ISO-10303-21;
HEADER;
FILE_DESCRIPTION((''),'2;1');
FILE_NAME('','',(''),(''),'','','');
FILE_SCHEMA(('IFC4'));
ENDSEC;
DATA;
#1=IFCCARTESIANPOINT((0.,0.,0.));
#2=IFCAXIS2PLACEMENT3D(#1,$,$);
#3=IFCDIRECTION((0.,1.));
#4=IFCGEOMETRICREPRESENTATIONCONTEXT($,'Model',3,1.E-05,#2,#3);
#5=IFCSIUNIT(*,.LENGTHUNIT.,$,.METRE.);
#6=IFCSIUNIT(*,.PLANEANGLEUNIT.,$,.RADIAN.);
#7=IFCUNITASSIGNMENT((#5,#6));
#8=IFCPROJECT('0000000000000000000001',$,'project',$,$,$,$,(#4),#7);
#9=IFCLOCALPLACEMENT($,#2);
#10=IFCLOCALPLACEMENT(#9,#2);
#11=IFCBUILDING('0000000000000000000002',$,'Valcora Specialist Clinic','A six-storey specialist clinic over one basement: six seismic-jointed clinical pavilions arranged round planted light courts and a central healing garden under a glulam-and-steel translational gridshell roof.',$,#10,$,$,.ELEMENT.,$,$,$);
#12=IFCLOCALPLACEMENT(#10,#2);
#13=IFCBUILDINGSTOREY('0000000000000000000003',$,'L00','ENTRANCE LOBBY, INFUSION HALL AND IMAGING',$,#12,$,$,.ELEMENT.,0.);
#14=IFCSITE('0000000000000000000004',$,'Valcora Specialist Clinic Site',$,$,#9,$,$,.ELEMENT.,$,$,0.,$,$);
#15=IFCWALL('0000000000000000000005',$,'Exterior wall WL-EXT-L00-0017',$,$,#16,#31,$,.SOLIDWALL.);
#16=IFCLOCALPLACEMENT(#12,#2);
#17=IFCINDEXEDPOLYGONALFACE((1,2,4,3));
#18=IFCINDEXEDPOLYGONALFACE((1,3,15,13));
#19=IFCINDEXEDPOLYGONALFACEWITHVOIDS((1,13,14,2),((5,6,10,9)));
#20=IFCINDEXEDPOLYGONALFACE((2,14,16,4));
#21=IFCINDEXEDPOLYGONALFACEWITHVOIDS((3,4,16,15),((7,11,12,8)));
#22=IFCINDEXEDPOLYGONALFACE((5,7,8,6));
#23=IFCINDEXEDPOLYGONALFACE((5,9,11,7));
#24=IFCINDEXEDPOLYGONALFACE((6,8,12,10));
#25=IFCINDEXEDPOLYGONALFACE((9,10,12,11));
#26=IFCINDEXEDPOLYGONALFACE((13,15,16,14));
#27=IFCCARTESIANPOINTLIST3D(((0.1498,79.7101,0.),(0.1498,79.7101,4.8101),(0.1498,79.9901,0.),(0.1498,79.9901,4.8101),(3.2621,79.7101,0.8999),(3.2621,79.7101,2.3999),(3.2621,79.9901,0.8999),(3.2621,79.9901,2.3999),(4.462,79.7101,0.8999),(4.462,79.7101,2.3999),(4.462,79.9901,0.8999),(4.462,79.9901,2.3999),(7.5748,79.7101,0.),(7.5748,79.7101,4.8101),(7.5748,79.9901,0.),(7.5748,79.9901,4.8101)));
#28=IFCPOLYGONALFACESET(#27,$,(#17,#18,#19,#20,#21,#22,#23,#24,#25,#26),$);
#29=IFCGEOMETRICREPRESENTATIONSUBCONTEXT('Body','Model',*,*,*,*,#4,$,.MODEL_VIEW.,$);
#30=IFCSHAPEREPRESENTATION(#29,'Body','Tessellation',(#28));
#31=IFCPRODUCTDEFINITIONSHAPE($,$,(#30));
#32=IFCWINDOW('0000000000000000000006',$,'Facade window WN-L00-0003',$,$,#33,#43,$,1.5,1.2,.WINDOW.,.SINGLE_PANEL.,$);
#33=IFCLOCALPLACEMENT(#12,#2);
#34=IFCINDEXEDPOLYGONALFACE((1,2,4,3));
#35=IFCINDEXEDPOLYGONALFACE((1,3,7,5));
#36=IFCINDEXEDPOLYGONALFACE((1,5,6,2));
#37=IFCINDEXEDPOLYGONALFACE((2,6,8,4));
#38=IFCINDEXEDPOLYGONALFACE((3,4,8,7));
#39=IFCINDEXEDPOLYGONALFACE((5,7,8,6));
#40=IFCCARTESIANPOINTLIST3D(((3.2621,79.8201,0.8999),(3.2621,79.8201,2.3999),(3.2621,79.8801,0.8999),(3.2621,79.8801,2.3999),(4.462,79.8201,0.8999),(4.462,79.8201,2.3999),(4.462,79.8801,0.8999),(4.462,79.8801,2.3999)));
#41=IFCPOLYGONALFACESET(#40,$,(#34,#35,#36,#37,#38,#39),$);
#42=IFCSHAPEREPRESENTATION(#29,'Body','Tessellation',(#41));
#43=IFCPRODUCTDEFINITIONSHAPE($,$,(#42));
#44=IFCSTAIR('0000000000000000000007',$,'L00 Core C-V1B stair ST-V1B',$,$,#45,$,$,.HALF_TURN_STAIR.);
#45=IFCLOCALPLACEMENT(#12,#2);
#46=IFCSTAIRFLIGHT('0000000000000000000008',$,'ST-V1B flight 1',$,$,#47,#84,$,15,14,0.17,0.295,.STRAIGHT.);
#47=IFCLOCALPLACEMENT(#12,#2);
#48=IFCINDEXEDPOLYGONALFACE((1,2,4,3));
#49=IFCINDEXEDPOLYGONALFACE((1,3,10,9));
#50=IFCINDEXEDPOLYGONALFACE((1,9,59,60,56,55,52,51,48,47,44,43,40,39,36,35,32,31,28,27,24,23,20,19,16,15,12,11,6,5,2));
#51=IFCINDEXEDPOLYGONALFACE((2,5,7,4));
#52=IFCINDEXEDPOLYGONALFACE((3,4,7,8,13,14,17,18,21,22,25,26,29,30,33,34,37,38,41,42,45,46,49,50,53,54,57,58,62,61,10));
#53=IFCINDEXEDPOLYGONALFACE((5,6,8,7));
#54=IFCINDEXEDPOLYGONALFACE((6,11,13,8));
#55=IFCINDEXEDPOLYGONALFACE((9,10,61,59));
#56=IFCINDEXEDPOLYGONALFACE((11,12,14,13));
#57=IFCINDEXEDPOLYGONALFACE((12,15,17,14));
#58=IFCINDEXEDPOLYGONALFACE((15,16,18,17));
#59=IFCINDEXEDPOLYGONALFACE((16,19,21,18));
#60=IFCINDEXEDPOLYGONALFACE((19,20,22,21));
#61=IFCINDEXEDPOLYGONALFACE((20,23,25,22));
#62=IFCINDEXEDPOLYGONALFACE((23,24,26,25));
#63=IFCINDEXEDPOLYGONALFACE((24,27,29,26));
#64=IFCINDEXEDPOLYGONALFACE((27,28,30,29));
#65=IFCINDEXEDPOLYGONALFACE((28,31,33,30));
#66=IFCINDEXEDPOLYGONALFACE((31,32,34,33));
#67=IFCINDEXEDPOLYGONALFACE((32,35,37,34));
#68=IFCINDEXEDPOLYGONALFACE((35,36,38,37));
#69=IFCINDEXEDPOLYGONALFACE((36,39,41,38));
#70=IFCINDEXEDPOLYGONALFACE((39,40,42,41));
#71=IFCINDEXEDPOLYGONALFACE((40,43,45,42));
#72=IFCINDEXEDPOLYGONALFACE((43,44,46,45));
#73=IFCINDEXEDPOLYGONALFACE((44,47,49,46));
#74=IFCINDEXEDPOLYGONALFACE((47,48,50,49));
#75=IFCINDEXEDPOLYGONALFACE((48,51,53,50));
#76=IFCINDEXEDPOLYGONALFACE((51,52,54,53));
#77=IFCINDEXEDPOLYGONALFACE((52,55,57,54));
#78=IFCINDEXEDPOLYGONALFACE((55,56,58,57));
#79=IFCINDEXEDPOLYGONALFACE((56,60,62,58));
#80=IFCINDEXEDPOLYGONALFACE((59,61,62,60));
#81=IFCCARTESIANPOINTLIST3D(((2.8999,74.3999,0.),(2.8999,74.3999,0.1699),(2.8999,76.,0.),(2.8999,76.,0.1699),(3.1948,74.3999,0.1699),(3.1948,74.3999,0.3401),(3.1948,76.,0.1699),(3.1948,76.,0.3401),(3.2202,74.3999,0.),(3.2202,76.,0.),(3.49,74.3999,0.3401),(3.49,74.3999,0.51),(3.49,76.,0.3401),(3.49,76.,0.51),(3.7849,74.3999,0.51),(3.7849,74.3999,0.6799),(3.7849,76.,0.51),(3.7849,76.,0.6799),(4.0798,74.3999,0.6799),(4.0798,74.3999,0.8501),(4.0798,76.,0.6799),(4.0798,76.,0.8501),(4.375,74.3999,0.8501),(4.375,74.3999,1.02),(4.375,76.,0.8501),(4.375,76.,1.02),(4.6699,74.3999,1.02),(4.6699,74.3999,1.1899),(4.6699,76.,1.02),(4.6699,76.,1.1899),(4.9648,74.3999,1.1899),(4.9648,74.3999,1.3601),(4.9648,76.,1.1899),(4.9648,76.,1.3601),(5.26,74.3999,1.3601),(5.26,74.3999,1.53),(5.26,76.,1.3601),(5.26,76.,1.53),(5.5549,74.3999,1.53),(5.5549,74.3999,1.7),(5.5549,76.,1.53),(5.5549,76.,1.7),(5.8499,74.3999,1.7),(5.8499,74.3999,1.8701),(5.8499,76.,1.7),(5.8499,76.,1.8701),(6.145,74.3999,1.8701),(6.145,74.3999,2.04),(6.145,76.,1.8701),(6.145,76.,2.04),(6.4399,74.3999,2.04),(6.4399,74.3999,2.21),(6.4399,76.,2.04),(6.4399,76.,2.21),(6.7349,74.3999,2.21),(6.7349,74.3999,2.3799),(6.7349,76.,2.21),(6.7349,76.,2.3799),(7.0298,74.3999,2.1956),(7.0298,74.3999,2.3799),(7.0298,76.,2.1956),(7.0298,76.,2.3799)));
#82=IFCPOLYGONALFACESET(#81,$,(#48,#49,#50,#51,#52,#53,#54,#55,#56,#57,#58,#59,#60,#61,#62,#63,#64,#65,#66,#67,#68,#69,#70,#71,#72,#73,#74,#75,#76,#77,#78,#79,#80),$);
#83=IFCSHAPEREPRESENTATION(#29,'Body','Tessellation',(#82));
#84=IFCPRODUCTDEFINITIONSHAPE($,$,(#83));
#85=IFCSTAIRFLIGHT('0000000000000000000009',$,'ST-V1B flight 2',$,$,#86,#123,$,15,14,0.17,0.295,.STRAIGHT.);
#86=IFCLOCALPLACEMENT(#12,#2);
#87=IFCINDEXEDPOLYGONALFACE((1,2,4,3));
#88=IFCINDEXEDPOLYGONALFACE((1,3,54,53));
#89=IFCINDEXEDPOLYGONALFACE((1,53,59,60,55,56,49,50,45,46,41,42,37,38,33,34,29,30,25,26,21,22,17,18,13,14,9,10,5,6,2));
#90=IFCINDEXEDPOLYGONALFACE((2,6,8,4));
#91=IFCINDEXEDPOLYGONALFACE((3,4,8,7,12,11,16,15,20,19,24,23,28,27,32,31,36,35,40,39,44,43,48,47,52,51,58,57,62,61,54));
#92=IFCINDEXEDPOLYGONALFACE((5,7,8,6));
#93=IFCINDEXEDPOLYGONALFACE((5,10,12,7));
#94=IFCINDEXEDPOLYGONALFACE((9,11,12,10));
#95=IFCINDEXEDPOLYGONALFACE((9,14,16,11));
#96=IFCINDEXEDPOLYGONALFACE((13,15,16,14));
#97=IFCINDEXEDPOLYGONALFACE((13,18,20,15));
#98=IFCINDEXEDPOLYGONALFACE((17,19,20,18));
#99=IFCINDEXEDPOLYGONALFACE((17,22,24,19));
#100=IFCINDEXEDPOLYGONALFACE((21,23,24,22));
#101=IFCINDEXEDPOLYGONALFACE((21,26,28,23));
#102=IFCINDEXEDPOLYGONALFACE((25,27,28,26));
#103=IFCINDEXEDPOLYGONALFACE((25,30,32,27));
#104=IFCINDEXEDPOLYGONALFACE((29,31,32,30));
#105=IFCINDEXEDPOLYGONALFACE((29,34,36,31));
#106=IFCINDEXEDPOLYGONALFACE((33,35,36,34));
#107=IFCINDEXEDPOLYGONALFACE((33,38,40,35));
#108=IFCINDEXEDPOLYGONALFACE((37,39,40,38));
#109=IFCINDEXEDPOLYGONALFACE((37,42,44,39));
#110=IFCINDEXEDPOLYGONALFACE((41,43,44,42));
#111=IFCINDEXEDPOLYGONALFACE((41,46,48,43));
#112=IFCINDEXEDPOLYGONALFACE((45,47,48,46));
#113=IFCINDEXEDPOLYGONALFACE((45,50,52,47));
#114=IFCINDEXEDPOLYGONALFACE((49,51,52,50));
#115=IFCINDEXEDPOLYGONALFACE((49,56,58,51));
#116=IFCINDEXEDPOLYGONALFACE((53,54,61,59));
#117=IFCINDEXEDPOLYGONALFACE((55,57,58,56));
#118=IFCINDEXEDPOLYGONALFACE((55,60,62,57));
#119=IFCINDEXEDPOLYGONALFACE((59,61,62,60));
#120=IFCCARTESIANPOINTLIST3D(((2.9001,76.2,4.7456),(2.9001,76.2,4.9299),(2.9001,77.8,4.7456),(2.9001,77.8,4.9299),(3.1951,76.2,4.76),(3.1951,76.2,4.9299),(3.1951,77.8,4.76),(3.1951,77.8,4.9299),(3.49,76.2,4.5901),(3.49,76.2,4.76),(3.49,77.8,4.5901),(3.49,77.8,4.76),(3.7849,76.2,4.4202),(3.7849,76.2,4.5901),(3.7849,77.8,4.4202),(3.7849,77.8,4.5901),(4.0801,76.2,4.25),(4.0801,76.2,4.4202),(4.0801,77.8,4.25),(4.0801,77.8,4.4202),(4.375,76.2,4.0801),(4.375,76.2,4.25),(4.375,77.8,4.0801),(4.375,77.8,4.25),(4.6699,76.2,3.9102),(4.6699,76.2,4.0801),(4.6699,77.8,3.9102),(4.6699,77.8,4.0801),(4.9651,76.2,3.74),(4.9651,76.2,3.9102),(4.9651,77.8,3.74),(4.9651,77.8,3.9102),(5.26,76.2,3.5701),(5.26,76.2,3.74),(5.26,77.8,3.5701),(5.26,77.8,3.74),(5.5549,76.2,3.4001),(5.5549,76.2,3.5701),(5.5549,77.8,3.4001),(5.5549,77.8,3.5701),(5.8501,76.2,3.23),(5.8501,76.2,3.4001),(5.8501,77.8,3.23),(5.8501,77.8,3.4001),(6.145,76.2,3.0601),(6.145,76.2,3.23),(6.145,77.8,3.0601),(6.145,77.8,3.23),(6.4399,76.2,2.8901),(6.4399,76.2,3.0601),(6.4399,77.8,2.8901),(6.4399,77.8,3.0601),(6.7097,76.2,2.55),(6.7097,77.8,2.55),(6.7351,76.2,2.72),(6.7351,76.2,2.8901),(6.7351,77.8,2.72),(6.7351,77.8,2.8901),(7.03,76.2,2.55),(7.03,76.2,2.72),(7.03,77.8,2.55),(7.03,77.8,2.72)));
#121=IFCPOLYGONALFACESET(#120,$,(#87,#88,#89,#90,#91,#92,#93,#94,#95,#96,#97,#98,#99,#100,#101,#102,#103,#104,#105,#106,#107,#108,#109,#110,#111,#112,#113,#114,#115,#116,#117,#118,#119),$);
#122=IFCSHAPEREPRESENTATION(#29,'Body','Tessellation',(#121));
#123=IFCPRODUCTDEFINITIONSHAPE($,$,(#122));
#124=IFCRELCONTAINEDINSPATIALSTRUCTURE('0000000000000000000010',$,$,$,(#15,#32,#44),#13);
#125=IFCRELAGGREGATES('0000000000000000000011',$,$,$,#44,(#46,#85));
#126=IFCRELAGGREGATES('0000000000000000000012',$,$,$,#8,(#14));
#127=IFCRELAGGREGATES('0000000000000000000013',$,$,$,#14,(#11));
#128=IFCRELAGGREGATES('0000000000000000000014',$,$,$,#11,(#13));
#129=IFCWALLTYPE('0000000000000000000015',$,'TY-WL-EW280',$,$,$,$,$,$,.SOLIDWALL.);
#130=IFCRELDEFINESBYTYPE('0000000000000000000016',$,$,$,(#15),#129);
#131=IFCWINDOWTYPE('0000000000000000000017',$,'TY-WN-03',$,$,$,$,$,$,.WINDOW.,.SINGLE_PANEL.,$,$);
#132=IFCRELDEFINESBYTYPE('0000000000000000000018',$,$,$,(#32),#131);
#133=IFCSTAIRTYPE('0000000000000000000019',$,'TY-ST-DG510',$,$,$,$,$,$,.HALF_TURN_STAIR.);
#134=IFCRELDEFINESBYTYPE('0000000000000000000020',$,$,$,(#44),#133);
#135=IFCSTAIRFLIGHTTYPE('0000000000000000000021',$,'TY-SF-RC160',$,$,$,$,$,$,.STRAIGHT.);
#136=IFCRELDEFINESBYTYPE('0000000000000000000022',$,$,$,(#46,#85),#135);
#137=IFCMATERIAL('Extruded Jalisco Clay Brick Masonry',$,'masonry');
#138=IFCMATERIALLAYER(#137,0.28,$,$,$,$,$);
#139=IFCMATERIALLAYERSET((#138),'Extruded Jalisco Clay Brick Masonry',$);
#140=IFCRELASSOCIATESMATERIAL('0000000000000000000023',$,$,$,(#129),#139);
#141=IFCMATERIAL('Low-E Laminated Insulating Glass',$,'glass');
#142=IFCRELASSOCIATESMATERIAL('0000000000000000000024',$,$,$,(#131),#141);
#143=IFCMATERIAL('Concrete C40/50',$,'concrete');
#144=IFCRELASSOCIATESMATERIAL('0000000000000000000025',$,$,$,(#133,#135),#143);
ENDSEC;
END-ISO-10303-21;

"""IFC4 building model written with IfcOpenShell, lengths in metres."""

from ifc_helpers import new_model, si_unit, direction, frame, frame_2d, origin, place, context, subcontext, project, spatial, polyline, rectangle, outline, extrude, material, layer, layer_set, type_object, element, fill, aggregate, save


model = new_model("IFC4")

# Units and contexts
model_context = context("Model", 3, precision=1e-05, world=origin(), true_north=direction((0.0, 1.0)))
body_context = subcontext(model_context, "Body", "Model", "MODEL_VIEW")
ifc_project = project(units=[si_unit("LENGTHUNIT", "METRE"), si_unit("PLANEANGLEUNIT", "RADIAN")], contexts=[model_context])

# Site, building, storey
site_placement = place(None, origin())
site = spatial("IfcSite", under=ifc_project, at=site_placement, Name="Valcora Specialist Clinic Site", CompositionType="ELEMENT", RefElevation=0.0)
building_placement = place(site_placement, origin())
building = spatial("IfcBuilding", under=site, at=building_placement, Name="Valcora Specialist Clinic", Description="A six-storey specialist clinic over one basement: six seismic-jointed clinical pavilions arranged round planted light courts and a central healing garden under a glulam-and-steel translational gridshell roof.", CompositionType="ELEMENT")
storey_placement = place(building_placement, origin())
storey = spatial("IfcBuildingStorey", under=building, at=storey_placement, Name="L00", Description="ENTRANCE LOBBY, INFUSION HALL AND IMAGING", CompositionType="ELEMENT", Elevation=0.0)

# Shared definitions
ifc_material_1 = material(Name="Concrete C40/50", Category="concrete")

# Shared definitions
ifc_material_2 = material(Name="Extruded Jalisco Clay Brick Masonry", Category="masonry")
ifc_material_3 = material(Name="Low-E Laminated Insulating Glass", Category="glass")

# Wall, opening, window
ifc_layer_1 = layer(ifc_material_2, 0.28)
ifc_layer_set_1 = layer_set([ifc_layer_1], Name="Extruded Jalisco Clay Brick Masonry")
wall_type_1 = type_object("IfcWallType", Name="TY-WL-EW280", PredefinedType="SOLIDWALL", material=ifc_layer_set_1)
wall_1_placement = place(storey_placement, frame((0.1499, 79.8501, 0.0), z_axis=(0.0, 0.0, 1.0), x_axis=(1.0, 0.0, 0.0)))
wall_1 = element("IfcWall", 1, at=wall_1_placement, inside=storey, type_object=wall_type_1, Name="Exterior wall WL-EXT-L00-0017", PredefinedType="SOLIDWALL", context=body_context, shape_type="SweptSolid", body=[
    extrude(rectangle(XDim=7.425, YDim=0.28, at=frame_2d((3.7124, 0.0))), origin(), (0.0, 0.0, 1.0), 4.8101),
])
opening_1_placement = place(wall_1_placement, frame((3.1121, 0.0, 0.8999)))
opening_1 = element("IfcOpeningElement", 2, at=opening_1_placement, cuts=wall_1, PredefinedType="OPENING", context=body_context, shape_type="SweptSolid", body=[
    extrude(rectangle(XDim=1.2, YDim=1.5, at=frame_2d((0.6001, 0.75))), frame((0.0, 0.1499, 0.0), z_axis=(0.0, -1.0, 0.0), x_axis=(1.0, 0.0, 0.0)), (0.0, 0.0, 1.0), 0.3),
])
window_type_1 = type_object("IfcWindowType", Name="TY-WN-03", PartitioningType="SINGLE_PANEL", PredefinedType="WINDOW", material=ifc_material_3)
window_1_placement = place(opening_1_placement, origin())
window_1 = element("IfcWindow", 3, at=window_1_placement, inside=storey, type_object=window_type_1, Name="Facade window WN-L00-0003", OverallHeight=1.5, OverallWidth=1.2, PartitioningType="SINGLE_PANEL", PredefinedType="WINDOW", context=body_context, shape_type="SweptSolid", body=[
    extrude(rectangle(XDim=1.2, YDim=1.5, at=frame_2d((0.6001, 0.75))), frame((0.0, 0.03, 0.0), z_axis=(0.0, -1.0, 0.0), x_axis=(1.0, 0.0, 0.0)), (0.0, 0.0, 1.0), 0.0601),
])
fill(opening_1, window_1)

# Stair, stair flights
stair_type = type_object("IfcStairType", Name="TY-ST-DG510", PredefinedType="HALF_TURN_STAIR", material=ifc_material_1)
stair_placement = place(storey_placement, origin())
stair = element("IfcStair", 4, at=stair_placement, inside=storey, type_object=stair_type, Name="L00 Core C-V1B stair ST-V1B", PredefinedType="HALF_TURN_STAIR")
stair_flight_type = type_object("IfcStairFlightType", Name="TY-SF-RC160", PredefinedType="STRAIGHT", material=ifc_material_1)
stair_flight_1_placement = place(storey_placement, frame((2.8999, 75.2, 0.0), z_axis=(0.0, 0.0, 1.0), x_axis=(1.0, 0.0, 0.0)))
stair_flight_1 = element("IfcStairFlight", 5, at=stair_flight_1_placement, type_object=stair_flight_type, Name="ST-V1B flight 1", NumberOfRisers=15, NumberOfTreads=14, PredefinedType="STRAIGHT", RiserHeight=0.17, TreadLength=0.295, context=body_context, shape_type="SweptSolid", body=[
    extrude(outline(polyline([(0.0, 0.0), (0.0, 0.1699), (0.2949, 0.1699), (0.2949, 0.3401), (0.5901, 0.3401), (0.5901, 0.51), (0.885, 0.51), (0.885, 0.6799), (1.1799, 0.6799), (1.1799, 0.8501), (1.4751, 0.8501), (1.4751, 1.02), (1.77, 1.02), (1.77, 1.1899), (2.0649, 1.1899), (2.0649, 1.3601), (2.3601, 1.3601), (2.3601, 1.53), (2.655, 1.53), (2.655, 1.7), (2.95, 1.7), (2.95, 1.8701), (3.2451, 1.8701), (3.2451, 2.04), (3.54, 2.04), (3.54, 2.21), (3.835, 2.21), (3.835, 2.3799), (4.1299, 2.3799), (4.1299, 2.55), (4.1299, 2.1956), (0.3203, 0.0), (0.0, 0.0)])), frame((0.0, 0.8, 0.0), z_axis=(0.0, -1.0, 0.0), x_axis=(1.0, 0.0, 0.0)), (0.0, 0.0, 1.0), 1.6001),
])
stair_flight_2_placement = place(storey_placement, frame((7.03, 77.0, 2.55), z_axis=(0.0, 0.0, 1.0), x_axis=(-1.0, 0.0, 0.0)))
stair_flight_2 = element("IfcStairFlight", 6, at=stair_flight_2_placement, type_object=stair_flight_type, Name="ST-V1B flight 2", NumberOfRisers=15, NumberOfTreads=14, PredefinedType="STRAIGHT", RiserHeight=0.17, TreadLength=0.295, context=body_context, shape_type="SweptSolid", body=[
    extrude(outline(polyline([(0.0, 0.0), (0.0, 0.1699), (0.2949, 0.1699), (0.2949, 0.3401), (0.5901, 0.3401), (0.5901, 0.51), (0.885, 0.51), (0.885, 0.6799), (1.1799, 0.6799), (1.1799, 0.8501), (1.4751, 0.8501), (1.4751, 1.02), (1.77, 1.02), (1.77, 1.1899), (2.0649, 1.1899), (2.0649, 1.3601), (2.3601, 1.3601), (2.3601, 1.53), (2.655, 1.53), (2.655, 1.7), (2.95, 1.7), (2.95, 1.8701), (3.2451, 1.8701), (3.2451, 2.04), (3.54, 2.04), (3.54, 2.21), (3.835, 2.21), (3.835, 2.3799), (4.1299, 2.3799), (4.1299, 2.55), (4.1299, 2.1956), (0.3203, 0.0), (0.0, 0.0)])), frame((0.0, 0.8, 0.0), z_axis=(0.0, -1.0, 0.0), x_axis=(1.0, 0.0, 0.0)), (0.0, 0.0, 1.0), 1.6001),
])
aggregate(stair, [stair_flight_1, stair_flight_2])

save(model, "model.ifc")
